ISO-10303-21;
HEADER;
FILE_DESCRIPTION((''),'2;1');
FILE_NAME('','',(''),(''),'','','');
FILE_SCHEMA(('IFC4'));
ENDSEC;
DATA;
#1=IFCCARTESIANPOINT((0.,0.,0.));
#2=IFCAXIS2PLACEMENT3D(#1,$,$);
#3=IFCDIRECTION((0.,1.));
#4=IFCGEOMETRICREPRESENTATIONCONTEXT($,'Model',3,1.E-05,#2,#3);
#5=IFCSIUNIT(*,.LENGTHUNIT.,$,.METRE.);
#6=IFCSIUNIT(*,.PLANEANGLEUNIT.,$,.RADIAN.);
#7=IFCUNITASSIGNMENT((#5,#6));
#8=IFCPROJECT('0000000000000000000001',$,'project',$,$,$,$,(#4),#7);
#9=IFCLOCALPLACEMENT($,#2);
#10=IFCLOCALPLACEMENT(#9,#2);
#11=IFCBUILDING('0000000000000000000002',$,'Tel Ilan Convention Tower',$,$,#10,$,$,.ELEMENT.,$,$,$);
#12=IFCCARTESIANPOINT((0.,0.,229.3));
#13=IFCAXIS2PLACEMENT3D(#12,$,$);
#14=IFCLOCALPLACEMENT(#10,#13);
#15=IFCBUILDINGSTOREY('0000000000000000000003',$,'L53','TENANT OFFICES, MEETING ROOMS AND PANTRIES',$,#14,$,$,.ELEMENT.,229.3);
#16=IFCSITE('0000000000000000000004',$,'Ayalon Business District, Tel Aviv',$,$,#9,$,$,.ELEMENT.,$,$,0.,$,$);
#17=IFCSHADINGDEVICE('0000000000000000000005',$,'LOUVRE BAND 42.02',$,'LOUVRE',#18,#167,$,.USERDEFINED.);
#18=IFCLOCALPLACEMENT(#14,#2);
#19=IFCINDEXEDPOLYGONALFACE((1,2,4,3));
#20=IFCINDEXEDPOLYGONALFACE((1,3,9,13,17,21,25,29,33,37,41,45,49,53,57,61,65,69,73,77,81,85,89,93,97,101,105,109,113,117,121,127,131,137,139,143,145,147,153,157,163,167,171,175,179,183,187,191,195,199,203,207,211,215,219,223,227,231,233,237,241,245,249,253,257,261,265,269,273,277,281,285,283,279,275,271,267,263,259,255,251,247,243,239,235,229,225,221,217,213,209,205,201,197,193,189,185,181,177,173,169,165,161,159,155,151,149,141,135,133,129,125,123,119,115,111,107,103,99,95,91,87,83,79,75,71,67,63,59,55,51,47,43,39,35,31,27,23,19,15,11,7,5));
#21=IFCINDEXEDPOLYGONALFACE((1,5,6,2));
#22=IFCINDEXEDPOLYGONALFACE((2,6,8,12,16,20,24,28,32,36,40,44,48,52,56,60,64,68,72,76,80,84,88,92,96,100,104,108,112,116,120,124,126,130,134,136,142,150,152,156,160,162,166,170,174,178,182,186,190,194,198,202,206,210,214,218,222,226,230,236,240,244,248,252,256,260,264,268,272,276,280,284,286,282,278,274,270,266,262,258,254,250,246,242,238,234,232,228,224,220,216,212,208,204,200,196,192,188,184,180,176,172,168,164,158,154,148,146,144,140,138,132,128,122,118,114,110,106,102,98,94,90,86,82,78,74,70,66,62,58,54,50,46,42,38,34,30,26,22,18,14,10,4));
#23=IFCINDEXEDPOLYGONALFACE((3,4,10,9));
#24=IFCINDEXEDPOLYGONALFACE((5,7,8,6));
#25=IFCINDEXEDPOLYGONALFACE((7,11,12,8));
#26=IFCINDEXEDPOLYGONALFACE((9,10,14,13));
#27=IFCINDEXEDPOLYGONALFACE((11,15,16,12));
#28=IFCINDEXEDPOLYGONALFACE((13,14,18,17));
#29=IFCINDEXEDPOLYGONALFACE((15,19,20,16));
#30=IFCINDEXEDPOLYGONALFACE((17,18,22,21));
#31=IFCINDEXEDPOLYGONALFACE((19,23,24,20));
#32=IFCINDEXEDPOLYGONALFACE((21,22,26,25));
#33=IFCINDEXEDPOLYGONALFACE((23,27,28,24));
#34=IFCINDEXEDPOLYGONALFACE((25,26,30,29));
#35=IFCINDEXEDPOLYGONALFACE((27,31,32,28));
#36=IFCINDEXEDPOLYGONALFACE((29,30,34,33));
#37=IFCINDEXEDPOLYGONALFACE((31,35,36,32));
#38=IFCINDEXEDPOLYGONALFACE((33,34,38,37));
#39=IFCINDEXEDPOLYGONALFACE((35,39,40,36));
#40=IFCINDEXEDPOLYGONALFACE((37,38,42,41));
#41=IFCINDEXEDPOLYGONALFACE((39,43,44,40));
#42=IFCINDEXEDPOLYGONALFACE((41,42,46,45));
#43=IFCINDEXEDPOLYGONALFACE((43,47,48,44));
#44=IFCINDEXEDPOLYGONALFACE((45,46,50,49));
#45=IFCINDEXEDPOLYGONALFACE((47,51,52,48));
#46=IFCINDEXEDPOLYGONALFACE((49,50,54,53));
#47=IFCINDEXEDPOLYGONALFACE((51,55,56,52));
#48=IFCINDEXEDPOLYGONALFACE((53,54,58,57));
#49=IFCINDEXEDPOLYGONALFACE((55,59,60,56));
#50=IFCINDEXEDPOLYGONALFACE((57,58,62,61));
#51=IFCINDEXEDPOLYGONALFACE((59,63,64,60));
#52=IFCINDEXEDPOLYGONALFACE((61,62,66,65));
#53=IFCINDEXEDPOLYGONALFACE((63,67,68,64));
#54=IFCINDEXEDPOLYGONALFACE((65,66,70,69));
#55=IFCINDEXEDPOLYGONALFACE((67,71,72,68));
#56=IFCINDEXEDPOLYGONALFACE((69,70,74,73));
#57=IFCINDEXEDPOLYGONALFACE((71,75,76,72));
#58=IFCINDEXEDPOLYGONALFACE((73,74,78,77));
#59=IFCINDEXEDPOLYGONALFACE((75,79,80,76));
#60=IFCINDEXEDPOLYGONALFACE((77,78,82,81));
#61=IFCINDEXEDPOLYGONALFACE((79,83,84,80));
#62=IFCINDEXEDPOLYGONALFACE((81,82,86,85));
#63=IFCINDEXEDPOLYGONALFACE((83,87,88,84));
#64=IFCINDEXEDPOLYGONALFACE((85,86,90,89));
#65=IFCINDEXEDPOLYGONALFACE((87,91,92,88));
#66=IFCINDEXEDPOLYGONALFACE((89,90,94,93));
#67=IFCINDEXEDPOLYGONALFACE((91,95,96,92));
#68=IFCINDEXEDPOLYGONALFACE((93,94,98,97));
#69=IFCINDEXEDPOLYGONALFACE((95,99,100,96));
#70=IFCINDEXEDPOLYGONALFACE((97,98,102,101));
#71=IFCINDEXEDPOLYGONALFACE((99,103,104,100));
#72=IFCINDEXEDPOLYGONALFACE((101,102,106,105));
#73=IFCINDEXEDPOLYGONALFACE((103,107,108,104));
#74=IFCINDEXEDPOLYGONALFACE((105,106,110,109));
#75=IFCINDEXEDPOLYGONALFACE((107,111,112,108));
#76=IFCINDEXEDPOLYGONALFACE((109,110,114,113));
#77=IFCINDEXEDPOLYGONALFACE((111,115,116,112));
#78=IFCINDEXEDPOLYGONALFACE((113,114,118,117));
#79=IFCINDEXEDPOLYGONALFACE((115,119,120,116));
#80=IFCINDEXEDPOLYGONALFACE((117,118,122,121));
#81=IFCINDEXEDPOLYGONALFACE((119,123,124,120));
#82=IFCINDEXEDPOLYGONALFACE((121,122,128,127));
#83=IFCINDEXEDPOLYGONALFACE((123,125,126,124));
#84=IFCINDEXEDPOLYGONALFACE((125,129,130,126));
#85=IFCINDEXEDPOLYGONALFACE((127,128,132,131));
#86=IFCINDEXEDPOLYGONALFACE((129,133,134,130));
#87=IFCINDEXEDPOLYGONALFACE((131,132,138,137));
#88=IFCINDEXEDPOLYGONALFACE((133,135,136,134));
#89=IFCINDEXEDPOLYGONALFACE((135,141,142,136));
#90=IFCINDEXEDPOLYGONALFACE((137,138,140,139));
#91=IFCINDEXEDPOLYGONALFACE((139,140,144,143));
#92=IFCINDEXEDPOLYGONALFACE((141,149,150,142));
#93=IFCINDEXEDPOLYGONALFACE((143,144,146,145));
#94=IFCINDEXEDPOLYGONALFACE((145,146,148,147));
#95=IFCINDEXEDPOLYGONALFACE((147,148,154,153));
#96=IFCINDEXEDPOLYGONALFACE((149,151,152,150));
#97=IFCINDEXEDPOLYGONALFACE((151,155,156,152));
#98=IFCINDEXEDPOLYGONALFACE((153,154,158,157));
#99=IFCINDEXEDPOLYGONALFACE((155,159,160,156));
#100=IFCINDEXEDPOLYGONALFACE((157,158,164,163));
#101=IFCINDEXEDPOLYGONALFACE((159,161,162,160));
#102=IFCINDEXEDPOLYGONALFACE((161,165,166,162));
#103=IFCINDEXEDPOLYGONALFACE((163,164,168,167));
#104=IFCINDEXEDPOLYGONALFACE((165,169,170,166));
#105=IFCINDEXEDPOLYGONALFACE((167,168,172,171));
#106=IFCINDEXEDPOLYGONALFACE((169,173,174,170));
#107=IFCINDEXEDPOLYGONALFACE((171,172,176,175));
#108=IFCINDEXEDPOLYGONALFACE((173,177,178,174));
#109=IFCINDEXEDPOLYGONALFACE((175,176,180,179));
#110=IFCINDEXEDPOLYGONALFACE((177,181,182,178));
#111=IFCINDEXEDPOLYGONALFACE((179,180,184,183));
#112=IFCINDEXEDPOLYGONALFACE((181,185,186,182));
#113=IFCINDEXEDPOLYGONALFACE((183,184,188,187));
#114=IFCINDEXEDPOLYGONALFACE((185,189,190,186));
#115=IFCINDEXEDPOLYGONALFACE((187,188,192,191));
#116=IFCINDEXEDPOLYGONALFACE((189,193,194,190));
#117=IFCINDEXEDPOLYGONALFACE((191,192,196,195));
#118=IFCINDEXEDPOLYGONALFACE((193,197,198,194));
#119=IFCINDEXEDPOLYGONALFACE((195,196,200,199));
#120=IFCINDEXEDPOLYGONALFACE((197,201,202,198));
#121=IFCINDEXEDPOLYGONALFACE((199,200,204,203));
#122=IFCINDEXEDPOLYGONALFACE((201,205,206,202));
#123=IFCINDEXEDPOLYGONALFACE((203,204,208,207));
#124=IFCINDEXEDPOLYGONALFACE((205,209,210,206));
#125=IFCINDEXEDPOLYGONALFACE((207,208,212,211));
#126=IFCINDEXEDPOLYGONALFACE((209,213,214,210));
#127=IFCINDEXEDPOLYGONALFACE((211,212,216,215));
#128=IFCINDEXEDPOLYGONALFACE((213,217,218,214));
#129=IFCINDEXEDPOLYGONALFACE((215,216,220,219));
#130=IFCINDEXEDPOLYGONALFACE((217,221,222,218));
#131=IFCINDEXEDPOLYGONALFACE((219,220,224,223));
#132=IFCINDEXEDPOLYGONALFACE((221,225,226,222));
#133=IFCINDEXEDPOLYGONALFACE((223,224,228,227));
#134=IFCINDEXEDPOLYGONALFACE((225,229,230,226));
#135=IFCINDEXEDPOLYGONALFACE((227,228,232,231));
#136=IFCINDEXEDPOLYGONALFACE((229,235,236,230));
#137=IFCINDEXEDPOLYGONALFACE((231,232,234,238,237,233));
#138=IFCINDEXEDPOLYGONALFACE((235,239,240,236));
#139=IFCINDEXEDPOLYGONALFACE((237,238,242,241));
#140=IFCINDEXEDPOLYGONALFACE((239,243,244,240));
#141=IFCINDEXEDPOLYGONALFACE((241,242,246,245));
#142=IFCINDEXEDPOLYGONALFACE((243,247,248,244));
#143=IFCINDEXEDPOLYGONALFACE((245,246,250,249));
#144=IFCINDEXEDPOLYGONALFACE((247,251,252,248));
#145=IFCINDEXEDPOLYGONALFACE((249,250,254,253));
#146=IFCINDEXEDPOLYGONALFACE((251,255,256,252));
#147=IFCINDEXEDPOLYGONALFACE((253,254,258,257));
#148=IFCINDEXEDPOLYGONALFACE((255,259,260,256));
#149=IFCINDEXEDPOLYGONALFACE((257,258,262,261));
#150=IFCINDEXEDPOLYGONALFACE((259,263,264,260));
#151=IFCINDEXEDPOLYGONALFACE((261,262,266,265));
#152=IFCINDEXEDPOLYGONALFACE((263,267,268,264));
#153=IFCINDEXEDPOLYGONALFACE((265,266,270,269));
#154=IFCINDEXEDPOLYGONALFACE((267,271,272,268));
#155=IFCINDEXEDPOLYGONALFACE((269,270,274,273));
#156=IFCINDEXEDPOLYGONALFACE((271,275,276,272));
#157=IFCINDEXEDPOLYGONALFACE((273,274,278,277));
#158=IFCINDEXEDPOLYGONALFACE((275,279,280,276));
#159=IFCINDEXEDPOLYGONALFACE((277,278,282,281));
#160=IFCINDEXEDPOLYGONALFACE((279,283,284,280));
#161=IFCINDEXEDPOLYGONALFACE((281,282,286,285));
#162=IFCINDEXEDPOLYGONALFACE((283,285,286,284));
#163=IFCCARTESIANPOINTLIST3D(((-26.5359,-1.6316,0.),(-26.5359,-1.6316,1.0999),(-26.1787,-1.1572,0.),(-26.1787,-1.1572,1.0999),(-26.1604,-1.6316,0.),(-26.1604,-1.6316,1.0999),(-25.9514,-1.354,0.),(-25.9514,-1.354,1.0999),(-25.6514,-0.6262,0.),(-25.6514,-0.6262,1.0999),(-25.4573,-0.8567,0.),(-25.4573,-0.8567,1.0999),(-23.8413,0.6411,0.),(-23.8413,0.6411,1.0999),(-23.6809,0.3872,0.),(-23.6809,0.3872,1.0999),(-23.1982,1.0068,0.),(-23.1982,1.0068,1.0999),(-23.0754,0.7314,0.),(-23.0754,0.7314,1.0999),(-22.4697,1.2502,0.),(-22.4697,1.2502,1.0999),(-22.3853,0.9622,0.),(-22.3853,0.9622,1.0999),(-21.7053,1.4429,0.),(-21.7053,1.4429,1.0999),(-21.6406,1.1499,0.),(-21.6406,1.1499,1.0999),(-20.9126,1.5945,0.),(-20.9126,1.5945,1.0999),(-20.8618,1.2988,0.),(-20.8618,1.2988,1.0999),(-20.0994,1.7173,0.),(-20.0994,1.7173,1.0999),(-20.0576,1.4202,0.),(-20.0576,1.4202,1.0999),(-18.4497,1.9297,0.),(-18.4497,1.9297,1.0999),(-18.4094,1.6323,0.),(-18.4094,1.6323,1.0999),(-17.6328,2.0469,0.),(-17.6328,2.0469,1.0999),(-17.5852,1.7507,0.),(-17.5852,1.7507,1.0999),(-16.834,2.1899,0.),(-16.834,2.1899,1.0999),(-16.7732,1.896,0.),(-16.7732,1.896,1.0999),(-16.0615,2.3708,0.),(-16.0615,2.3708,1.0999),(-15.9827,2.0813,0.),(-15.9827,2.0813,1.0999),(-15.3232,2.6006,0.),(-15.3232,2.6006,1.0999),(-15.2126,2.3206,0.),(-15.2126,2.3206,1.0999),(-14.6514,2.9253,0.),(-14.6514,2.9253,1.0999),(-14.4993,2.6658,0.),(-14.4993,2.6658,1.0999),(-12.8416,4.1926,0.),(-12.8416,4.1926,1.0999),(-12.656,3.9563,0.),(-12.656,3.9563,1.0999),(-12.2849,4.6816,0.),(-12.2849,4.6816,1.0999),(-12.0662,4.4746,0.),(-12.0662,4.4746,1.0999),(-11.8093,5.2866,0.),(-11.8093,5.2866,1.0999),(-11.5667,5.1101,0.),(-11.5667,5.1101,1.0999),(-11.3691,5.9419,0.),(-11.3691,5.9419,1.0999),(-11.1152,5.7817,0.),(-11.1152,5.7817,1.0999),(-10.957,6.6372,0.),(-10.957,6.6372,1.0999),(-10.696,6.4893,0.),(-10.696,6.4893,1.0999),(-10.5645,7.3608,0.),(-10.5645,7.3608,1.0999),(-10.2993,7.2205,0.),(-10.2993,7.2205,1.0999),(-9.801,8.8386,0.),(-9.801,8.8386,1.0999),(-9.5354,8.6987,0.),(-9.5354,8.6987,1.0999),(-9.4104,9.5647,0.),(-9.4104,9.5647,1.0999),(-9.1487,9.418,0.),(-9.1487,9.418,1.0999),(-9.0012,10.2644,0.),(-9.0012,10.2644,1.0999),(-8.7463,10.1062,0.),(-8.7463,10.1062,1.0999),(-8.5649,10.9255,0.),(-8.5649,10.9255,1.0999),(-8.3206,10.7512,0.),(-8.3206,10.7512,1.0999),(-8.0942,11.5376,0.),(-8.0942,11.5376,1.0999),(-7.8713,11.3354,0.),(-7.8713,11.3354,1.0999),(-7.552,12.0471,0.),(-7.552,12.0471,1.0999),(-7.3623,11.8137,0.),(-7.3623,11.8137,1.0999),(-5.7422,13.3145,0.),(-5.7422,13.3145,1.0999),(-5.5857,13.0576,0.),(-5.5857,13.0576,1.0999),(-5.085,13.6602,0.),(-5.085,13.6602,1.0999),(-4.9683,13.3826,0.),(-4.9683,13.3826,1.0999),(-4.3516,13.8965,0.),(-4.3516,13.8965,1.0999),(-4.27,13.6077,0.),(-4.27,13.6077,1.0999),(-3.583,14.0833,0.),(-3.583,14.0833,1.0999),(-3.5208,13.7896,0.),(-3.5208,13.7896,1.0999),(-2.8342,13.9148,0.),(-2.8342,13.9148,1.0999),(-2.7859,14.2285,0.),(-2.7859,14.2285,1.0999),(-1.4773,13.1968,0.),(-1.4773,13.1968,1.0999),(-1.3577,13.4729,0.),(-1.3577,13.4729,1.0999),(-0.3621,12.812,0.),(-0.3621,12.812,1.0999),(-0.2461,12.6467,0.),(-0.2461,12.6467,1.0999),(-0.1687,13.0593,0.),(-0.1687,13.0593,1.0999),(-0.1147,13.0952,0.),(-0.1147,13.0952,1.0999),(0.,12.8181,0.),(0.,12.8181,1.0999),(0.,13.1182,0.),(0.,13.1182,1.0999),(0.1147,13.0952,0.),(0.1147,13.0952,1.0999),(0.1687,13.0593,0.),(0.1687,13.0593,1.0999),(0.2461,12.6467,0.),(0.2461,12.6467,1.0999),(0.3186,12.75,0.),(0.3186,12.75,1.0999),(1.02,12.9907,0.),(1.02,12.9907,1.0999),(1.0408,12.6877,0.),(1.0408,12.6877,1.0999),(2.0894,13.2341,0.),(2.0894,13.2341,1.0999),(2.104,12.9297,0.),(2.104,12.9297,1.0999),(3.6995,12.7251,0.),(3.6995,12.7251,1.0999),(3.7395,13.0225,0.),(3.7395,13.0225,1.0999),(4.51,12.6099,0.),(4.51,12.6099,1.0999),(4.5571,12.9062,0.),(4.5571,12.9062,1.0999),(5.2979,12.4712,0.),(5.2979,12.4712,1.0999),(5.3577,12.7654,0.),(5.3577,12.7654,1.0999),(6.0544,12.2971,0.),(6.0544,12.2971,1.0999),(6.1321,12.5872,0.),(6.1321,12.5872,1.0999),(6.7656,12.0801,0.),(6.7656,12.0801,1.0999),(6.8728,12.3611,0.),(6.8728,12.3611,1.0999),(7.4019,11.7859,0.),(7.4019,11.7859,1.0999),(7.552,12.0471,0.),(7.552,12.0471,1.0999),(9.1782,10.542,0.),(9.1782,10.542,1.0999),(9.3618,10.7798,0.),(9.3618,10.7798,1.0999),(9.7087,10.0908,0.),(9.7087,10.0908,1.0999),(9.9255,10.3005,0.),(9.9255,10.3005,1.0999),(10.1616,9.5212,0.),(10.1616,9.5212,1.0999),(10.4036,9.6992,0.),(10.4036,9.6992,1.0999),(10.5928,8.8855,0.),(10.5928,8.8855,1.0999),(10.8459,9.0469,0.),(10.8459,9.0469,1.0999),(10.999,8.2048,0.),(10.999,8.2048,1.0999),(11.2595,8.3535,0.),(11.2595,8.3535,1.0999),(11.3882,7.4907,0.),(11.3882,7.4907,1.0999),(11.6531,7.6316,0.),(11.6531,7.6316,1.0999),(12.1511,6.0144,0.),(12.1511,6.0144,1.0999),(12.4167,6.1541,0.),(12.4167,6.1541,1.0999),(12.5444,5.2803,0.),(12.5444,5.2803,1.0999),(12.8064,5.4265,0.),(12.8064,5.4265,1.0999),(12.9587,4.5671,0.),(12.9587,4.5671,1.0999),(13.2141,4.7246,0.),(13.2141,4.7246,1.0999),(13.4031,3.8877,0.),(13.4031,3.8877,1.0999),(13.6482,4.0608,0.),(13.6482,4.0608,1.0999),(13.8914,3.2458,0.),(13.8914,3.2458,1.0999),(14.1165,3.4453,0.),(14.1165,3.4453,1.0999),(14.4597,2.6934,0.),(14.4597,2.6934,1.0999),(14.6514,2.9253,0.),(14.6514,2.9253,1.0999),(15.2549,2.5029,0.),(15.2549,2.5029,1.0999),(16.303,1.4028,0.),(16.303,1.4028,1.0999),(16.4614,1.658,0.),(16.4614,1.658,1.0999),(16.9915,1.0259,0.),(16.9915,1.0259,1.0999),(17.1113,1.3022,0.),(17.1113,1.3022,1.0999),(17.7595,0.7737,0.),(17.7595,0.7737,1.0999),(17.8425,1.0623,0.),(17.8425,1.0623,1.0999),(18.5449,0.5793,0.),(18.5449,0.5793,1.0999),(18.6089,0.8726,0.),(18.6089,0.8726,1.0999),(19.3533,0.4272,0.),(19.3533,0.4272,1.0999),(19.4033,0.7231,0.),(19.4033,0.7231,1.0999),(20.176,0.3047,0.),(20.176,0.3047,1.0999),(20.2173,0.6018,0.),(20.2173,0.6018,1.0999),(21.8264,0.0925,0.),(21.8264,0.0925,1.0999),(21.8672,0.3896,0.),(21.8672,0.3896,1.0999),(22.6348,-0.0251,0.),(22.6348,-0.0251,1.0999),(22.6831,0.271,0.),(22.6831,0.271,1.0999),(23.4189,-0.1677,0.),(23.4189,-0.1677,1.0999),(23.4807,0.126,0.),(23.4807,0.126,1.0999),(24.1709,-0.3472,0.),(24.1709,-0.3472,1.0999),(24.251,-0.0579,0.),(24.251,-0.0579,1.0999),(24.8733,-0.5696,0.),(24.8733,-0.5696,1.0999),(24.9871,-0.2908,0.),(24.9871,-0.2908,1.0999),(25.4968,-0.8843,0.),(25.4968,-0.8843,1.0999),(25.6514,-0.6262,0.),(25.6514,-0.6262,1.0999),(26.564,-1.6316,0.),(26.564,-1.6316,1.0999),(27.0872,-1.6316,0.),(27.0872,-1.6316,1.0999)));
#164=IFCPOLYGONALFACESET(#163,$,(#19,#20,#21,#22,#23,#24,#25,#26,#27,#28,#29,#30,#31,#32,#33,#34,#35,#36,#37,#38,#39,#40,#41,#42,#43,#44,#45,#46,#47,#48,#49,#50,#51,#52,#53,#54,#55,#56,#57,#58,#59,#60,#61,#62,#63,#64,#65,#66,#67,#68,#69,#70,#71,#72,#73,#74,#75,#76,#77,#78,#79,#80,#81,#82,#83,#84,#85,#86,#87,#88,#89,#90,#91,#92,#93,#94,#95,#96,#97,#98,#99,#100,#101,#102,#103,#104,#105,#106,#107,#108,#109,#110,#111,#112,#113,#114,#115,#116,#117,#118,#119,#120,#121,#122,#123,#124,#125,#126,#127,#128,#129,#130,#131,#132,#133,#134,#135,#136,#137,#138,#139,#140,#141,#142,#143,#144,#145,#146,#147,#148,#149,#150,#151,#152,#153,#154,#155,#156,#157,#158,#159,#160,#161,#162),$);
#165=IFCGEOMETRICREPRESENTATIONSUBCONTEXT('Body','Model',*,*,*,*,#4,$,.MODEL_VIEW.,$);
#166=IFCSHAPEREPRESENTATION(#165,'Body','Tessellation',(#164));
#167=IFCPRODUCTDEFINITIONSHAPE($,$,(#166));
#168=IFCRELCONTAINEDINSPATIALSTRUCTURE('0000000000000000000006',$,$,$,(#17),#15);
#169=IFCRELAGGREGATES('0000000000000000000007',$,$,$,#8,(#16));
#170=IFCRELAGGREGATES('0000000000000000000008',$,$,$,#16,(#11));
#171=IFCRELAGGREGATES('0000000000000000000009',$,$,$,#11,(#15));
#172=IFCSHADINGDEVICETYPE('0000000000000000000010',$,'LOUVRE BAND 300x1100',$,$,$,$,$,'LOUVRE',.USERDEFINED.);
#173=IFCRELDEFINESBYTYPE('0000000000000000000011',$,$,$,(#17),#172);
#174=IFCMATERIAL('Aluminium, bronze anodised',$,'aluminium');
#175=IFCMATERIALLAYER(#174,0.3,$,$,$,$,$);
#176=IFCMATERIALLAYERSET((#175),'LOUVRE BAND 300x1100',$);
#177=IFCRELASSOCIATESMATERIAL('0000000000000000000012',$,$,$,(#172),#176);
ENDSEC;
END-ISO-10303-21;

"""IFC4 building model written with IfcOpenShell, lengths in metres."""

from ifc_helpers import new_model, si_unit, direction, frame, origin, place, context, subcontext, project, spatial, polyline, outline, extrude, material, layer, layer_set, type_object, element, save


model = new_model("IFC4")

# Units and contexts
model_context = context("Model", 3, precision=1e-05, world=origin(), true_north=direction((0.0, 1.0)))
body_context = subcontext(model_context, "Body", "Model", "MODEL_VIEW")
ifc_project = project(units=[si_unit("LENGTHUNIT", "METRE"), si_unit("PLANEANGLEUNIT", "RADIAN")], contexts=[model_context])

# Site, building, storey
site_placement = place(None, origin())
site = spatial("IfcSite", under=ifc_project, at=site_placement, Name="Ayalon Business District, Tel Aviv", CompositionType="ELEMENT", RefElevation=0.0)
building_placement = place(site_placement, origin())
building = spatial("IfcBuilding", under=site, at=building_placement, Name="Tel Ilan Convention Tower", CompositionType="ELEMENT")
storey_placement = place(building_placement, frame((0.0, 0.0, 229.3)))
storey = spatial("IfcBuildingStorey", under=building, at=storey_placement, Name="L53", Description="TENANT OFFICES, MEETING ROOMS AND PANTRIES", CompositionType="ELEMENT", Elevation=229.3)

# Shading device
ifc_material_1 = material(Name="Aluminium, bronze anodised", Category="aluminium")
ifc_layer_1 = layer(ifc_material_1, 0.3)
ifc_layer_set_1 = layer_set([ifc_layer_1], Name="LOUVRE BAND 300x1100")
shading_device_type = type_object("IfcShadingDeviceType", Name="LOUVRE BAND 300x1100", ElementType="LOUVRE", PredefinedType="USERDEFINED", material=ifc_layer_set_1)
shading_device_1_placement = place(storey_placement, origin())
element("IfcShadingDevice", 1, at=shading_device_1_placement, inside=storey, type_object=shading_device_type, Name="LOUVRE BAND 42.02", ObjectType="LOUVRE", PredefinedType="USERDEFINED", context=body_context, shape_type="SweptSolid", body=[
    extrude(outline(polyline([(-26.1787, -1.1572), (-26.5359, -1.6316), (-26.1604, -1.6316), (-25.9514, -1.354), (-25.4573, -0.8567), (-23.6809, 0.3872), (-23.0754, 0.7314), (-22.3853, 0.9622), (-21.6406, 1.1499), (-20.8618, 1.2988), (-20.0576, 1.4202), (-18.4094, 1.6323), (-17.5852, 1.7507), (-16.7732, 1.896), (-15.9827, 2.0813), (-15.2126, 2.3206), (-14.4993, 2.6658), (-12.656, 3.9563), (-12.0662, 4.4746), (-11.5667, 5.1101), (-11.1152, 5.7817), (-10.696, 6.4893), (-10.2993, 7.2205), (-9.5354, 8.6987), (-9.1487, 9.418), (-8.7463, 10.1062), (-8.3206, 10.7512), (-7.8713, 11.3354), (-7.3623, 11.8137), (-5.5857, 13.0576), (-4.9683, 13.3826), (-4.27, 13.6077), (-3.5208, 13.7896), (-2.8342, 13.9148), (-1.4773, 13.1968), (-0.3621, 12.812), (-0.2461, 12.6467), (0.0, 12.8181), (0.2461, 12.6467), (0.3186, 12.75), (1.0408, 12.6877), (2.104, 12.9297), (3.6995, 12.7251), (4.51, 12.6099), (5.2979, 12.4712), (6.0544, 12.2971), (6.7656, 12.0801), (7.4019, 11.7859), (9.1782, 10.542), (9.7087, 10.0908), (10.1616, 9.5212), (10.5928, 8.8855), (10.999, 8.2048), (11.3882, 7.4907), (12.1511, 6.0144), (12.5444, 5.2803), (12.9587, 4.5671), (13.4031, 3.8877), (13.8914, 3.2458), (14.4597, 2.6934), (16.303, 1.4028), (16.9915, 1.0259), (17.7595, 0.7737), (18.5449, 0.5793), (19.3533, 0.4272), (20.176, 0.3047), (21.8264, 0.0925), (22.6348, -0.0251), (23.4189, -0.1677), (24.1709, -0.3472), (24.8733, -0.5696), (25.4968, -0.8843), (26.564, -1.6316), (27.0872, -1.6316), (25.6514, -0.6262), (24.9871, -0.2908), (24.251, -0.0579), (23.4807, 0.126), (22.6831, 0.271), (21.8672, 0.3896), (20.2173, 0.6018), (19.4033, 0.7231), (18.6089, 0.8726), (17.8425, 1.0623), (17.1113, 1.3022), (16.4614, 1.658), (15.2549, 2.5029), (14.6514, 2.9253), (14.1165, 3.4453), (13.6482, 4.0608), (13.2141, 4.7246), (12.8064, 5.4265), (12.4167, 6.1541), (11.6531, 7.6316), (11.2595, 8.3535), (10.8459, 9.0469), (10.4036, 9.6992), (9.9255, 10.3005), (9.3618, 10.7798), (7.552, 12.0471), (6.8728, 12.3611), (6.1321, 12.5872), (5.3577, 12.7654), (4.5571, 12.9062), (3.7395, 13.0225), (2.0894, 13.2341), (1.02, 12.9907), (0.1687, 13.0593), (0.1147, 13.0952), (0.0, 13.1182), (-0.1147, 13.0952), (-0.1687, 13.0593), (-1.3577, 13.4729), (-2.7859, 14.2285), (-3.583, 14.0833), (-4.3516, 13.8965), (-5.085, 13.6602), (-5.7422, 13.3145), (-7.552, 12.0471), (-8.0942, 11.5376), (-8.5649, 10.9255), (-9.0012, 10.2644), (-9.4104, 9.5647), (-9.801, 8.8386), (-10.5645, 7.3608), (-10.957, 6.6372), (-11.3691, 5.9419), (-11.8093, 5.2866), (-12.2849, 4.6816), (-12.8416, 4.1926), (-14.6514, 2.9253), (-15.3232, 2.6006), (-16.0615, 2.3708), (-16.834, 2.1899), (-17.6328, 2.0469), (-18.4497, 1.9297), (-20.0994, 1.7173), (-20.9126, 1.5945), (-21.7053, 1.4429), (-22.4697, 1.2502), (-23.1982, 1.0068), (-23.8413, 0.6411), (-25.6514, -0.6262), (-26.1787, -1.1572)])), origin(), (0.0, 0.0, 1.0), 1.0999),
])

save(model, "model.ifc")
